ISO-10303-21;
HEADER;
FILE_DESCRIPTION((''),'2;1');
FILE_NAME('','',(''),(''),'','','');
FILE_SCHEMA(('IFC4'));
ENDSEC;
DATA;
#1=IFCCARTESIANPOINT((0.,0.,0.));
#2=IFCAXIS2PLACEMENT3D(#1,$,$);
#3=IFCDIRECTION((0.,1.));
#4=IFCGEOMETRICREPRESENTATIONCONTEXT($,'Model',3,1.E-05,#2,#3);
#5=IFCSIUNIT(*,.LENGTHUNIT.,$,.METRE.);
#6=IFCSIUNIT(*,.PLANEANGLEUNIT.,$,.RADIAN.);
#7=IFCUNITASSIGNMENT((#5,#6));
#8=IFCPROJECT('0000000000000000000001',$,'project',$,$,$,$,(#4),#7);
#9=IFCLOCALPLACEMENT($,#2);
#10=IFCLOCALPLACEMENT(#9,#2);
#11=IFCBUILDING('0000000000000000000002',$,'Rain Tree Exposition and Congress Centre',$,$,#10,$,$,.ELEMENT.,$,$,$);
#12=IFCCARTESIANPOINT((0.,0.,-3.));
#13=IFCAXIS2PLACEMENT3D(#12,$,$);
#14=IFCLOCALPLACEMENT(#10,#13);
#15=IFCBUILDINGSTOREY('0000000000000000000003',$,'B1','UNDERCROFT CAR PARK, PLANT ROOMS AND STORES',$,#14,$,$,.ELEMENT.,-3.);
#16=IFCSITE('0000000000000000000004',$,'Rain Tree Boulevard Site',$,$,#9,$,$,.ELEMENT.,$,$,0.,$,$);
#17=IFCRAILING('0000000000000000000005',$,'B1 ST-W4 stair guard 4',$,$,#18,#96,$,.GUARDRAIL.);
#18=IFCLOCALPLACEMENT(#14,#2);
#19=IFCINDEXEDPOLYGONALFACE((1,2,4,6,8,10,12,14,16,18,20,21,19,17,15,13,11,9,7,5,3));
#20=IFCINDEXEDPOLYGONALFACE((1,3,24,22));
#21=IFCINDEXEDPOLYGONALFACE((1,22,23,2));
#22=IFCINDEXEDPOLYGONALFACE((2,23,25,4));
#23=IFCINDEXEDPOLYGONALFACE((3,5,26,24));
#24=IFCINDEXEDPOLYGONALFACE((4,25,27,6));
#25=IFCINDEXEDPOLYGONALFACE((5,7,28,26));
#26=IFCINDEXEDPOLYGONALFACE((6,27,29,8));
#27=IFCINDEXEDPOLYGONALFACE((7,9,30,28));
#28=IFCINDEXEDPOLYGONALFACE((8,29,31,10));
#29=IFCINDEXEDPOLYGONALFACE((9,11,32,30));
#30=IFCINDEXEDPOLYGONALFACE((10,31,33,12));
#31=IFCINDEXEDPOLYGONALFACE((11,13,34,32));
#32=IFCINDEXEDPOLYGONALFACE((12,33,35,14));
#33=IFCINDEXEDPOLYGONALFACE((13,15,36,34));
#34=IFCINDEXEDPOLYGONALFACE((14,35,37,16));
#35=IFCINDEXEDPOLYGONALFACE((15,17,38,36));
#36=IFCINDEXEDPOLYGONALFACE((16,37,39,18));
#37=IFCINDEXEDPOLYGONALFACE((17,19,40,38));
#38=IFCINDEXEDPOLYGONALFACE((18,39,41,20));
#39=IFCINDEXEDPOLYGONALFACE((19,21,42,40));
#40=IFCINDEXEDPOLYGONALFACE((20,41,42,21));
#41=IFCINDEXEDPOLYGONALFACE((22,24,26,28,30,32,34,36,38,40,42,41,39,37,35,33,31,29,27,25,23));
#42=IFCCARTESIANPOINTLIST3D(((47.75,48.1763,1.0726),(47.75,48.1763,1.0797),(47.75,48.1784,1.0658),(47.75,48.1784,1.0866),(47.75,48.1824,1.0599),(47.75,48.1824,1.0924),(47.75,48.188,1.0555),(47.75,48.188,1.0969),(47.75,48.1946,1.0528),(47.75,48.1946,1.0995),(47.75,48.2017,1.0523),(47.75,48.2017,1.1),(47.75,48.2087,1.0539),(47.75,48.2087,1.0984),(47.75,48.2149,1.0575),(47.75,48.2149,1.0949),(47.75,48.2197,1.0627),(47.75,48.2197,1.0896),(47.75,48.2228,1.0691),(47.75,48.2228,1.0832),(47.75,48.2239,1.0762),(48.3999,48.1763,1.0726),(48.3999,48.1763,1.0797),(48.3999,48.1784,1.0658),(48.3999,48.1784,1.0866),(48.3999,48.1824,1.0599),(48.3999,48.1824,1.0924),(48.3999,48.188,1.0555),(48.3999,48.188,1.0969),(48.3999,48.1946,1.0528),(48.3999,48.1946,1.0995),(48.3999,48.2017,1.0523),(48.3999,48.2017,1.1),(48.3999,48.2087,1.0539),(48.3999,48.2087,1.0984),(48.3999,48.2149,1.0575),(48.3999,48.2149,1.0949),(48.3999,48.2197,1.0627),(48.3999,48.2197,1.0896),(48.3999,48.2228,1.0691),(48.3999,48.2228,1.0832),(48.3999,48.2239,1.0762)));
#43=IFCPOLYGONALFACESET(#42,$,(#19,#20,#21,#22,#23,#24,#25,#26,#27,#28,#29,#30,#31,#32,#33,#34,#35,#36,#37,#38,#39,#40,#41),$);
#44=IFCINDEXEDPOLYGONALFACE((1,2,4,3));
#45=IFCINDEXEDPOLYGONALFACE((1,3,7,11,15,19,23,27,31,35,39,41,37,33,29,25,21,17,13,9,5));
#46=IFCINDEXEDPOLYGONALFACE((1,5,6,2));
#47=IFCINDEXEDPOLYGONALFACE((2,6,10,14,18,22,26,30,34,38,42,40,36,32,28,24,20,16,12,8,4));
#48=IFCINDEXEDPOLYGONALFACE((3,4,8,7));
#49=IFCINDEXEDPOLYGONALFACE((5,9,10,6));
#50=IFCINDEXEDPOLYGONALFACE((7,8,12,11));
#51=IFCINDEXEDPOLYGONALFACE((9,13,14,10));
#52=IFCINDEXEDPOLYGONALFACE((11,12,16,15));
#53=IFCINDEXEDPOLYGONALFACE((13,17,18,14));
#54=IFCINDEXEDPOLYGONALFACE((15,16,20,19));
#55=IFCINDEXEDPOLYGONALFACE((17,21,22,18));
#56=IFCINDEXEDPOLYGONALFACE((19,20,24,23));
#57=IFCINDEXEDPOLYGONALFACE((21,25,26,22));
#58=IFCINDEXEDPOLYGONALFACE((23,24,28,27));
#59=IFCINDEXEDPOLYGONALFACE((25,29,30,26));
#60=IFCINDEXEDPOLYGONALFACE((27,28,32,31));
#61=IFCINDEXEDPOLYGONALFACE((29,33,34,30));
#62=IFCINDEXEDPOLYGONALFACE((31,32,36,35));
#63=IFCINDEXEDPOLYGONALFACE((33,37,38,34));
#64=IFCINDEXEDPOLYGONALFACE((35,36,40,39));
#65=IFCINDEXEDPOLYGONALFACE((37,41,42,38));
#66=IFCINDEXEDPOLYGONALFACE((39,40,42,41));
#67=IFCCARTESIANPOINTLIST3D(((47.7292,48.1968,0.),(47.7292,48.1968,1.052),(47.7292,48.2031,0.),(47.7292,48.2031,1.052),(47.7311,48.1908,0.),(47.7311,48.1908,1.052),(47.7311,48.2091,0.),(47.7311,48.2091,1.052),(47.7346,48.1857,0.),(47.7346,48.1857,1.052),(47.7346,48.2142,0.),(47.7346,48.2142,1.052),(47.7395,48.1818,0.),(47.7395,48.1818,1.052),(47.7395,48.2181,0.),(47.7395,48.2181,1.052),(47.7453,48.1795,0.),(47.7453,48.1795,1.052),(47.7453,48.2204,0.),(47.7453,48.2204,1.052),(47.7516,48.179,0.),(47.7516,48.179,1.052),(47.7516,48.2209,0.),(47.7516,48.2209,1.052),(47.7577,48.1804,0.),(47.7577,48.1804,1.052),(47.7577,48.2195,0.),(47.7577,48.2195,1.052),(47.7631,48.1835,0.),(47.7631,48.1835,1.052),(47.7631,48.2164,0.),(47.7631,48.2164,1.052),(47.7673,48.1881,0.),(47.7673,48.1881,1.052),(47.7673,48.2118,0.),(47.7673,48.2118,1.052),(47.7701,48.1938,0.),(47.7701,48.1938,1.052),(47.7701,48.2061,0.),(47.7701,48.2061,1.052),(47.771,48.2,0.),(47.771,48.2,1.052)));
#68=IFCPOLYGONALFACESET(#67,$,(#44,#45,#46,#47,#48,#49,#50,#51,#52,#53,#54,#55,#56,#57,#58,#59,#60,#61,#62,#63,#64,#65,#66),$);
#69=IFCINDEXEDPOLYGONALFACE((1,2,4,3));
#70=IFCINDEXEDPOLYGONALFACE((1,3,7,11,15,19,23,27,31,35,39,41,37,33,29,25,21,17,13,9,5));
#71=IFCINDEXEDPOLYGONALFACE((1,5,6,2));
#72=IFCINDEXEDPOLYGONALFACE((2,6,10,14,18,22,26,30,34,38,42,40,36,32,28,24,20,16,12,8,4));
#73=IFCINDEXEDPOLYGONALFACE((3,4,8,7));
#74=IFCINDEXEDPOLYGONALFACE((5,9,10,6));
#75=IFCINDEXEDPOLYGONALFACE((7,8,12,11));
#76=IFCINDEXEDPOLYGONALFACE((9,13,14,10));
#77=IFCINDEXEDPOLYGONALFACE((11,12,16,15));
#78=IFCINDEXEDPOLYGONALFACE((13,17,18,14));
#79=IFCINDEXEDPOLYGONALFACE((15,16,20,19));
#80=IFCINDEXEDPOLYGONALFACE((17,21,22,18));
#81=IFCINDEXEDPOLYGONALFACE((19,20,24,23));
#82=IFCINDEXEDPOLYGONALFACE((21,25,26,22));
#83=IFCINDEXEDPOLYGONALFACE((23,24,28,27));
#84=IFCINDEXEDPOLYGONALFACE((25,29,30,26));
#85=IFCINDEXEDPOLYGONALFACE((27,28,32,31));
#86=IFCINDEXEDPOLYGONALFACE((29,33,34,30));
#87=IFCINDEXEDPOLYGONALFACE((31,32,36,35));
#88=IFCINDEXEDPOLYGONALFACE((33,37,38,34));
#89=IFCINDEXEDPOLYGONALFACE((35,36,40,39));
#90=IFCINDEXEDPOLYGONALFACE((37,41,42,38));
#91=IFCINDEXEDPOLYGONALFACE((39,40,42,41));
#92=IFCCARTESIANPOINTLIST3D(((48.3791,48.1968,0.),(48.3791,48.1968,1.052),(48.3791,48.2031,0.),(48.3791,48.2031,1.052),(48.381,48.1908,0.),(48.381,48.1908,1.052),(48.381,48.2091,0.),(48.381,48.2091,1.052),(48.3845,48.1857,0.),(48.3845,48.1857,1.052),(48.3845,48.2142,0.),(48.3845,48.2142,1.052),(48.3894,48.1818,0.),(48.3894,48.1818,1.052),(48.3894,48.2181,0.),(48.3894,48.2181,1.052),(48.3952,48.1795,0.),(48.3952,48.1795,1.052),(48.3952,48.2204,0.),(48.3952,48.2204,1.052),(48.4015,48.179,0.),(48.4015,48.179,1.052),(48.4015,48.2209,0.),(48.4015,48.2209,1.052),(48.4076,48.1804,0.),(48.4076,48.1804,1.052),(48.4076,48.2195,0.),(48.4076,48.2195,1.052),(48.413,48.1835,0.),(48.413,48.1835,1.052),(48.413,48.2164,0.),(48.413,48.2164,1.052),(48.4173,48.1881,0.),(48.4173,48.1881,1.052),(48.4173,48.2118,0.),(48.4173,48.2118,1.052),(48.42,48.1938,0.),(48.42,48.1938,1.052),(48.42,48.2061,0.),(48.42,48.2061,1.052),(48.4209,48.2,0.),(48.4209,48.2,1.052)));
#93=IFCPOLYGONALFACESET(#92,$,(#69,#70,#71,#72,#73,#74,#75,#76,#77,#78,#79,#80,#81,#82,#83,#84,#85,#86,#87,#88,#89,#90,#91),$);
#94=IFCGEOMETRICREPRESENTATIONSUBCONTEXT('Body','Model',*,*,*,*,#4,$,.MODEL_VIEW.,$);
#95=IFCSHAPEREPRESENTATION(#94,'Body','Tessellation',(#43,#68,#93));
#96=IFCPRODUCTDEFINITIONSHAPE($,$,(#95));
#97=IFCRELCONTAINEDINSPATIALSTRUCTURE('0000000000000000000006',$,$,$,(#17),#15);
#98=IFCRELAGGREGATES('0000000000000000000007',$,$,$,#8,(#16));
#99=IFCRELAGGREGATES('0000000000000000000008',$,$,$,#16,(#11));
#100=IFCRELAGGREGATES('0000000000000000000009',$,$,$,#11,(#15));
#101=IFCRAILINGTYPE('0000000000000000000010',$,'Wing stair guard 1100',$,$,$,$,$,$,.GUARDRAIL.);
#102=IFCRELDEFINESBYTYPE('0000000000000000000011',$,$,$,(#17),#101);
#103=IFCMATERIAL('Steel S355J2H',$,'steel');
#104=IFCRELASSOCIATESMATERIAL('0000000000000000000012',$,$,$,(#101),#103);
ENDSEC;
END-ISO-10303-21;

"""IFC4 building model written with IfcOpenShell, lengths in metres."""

from ifc_helpers import new_model, si_unit, direction, frame, origin, origin_2d, place, context, subcontext, project, spatial, circle, extrude, material, type_object, element, save


model = new_model("IFC4")

# Units and contexts
model_context = context("Model", 3, precision=1e-05, world=origin(), true_north=direction((0.0, 1.0)))
body_context = subcontext(model_context, "Body", "Model", "MODEL_VIEW")
ifc_project = project(units=[si_unit("LENGTHUNIT", "METRE"), si_unit("PLANEANGLEUNIT", "RADIAN")], contexts=[model_context])

# Site, building, storey
site_placement = place(None, origin())
site = spatial("IfcSite", under=ifc_project, at=site_placement, Name="Rain Tree Boulevard Site", CompositionType="ELEMENT", RefElevation=0.0)
building_placement = place(site_placement, origin())
building = spatial("IfcBuilding", under=site, at=building_placement, Name="Rain Tree Exposition and Congress Centre", CompositionType="ELEMENT")
storey_placement = place(building_placement, frame((0.0, 0.0, -3.0)))
storey = spatial("IfcBuildingStorey", under=building, at=storey_placement, Name="B1", Description="UNDERCROFT CAR PARK, PLANT ROOMS AND STORES", CompositionType="ELEMENT", Elevation=-3.0)

# Railing
ifc_material_1 = material(Name="Steel S355J2H", Category="steel")
railing_type_1 = type_object("IfcRailingType", Name="Wing stair guard 1100", PredefinedType="GUARDRAIL", material=ifc_material_1)
railing_1_placement = place(storey_placement, frame((47.75, 48.2, 0.0)))
element("IfcRailing", 1, at=railing_1_placement, inside=storey, type_object=railing_type_1, Name="B1 ST-W4 stair guard 4", PredefinedType="GUARDRAIL", context=body_context, shape_type="SweptSolid", body=[
    extrude(circle(Radius=0.0239, at=origin_2d()), frame((0.0, 0.0, 1.0762), z_axis=(1.0, 0.0, 0.0), x_axis=(0.0, 1.0, 0.0)), (0.0, 0.0, 1.0), 0.6499),
    extrude(circle(Radius=0.021, at=origin_2d()), origin(), (0.0, 0.0, 1.0), 1.052),
    extrude(circle(Radius=0.021, at=origin_2d()), frame((0.6499, 0.0, 0.0)), (0.0, 0.0, 1.0), 1.052),
])

save(model, "model.ifc")
